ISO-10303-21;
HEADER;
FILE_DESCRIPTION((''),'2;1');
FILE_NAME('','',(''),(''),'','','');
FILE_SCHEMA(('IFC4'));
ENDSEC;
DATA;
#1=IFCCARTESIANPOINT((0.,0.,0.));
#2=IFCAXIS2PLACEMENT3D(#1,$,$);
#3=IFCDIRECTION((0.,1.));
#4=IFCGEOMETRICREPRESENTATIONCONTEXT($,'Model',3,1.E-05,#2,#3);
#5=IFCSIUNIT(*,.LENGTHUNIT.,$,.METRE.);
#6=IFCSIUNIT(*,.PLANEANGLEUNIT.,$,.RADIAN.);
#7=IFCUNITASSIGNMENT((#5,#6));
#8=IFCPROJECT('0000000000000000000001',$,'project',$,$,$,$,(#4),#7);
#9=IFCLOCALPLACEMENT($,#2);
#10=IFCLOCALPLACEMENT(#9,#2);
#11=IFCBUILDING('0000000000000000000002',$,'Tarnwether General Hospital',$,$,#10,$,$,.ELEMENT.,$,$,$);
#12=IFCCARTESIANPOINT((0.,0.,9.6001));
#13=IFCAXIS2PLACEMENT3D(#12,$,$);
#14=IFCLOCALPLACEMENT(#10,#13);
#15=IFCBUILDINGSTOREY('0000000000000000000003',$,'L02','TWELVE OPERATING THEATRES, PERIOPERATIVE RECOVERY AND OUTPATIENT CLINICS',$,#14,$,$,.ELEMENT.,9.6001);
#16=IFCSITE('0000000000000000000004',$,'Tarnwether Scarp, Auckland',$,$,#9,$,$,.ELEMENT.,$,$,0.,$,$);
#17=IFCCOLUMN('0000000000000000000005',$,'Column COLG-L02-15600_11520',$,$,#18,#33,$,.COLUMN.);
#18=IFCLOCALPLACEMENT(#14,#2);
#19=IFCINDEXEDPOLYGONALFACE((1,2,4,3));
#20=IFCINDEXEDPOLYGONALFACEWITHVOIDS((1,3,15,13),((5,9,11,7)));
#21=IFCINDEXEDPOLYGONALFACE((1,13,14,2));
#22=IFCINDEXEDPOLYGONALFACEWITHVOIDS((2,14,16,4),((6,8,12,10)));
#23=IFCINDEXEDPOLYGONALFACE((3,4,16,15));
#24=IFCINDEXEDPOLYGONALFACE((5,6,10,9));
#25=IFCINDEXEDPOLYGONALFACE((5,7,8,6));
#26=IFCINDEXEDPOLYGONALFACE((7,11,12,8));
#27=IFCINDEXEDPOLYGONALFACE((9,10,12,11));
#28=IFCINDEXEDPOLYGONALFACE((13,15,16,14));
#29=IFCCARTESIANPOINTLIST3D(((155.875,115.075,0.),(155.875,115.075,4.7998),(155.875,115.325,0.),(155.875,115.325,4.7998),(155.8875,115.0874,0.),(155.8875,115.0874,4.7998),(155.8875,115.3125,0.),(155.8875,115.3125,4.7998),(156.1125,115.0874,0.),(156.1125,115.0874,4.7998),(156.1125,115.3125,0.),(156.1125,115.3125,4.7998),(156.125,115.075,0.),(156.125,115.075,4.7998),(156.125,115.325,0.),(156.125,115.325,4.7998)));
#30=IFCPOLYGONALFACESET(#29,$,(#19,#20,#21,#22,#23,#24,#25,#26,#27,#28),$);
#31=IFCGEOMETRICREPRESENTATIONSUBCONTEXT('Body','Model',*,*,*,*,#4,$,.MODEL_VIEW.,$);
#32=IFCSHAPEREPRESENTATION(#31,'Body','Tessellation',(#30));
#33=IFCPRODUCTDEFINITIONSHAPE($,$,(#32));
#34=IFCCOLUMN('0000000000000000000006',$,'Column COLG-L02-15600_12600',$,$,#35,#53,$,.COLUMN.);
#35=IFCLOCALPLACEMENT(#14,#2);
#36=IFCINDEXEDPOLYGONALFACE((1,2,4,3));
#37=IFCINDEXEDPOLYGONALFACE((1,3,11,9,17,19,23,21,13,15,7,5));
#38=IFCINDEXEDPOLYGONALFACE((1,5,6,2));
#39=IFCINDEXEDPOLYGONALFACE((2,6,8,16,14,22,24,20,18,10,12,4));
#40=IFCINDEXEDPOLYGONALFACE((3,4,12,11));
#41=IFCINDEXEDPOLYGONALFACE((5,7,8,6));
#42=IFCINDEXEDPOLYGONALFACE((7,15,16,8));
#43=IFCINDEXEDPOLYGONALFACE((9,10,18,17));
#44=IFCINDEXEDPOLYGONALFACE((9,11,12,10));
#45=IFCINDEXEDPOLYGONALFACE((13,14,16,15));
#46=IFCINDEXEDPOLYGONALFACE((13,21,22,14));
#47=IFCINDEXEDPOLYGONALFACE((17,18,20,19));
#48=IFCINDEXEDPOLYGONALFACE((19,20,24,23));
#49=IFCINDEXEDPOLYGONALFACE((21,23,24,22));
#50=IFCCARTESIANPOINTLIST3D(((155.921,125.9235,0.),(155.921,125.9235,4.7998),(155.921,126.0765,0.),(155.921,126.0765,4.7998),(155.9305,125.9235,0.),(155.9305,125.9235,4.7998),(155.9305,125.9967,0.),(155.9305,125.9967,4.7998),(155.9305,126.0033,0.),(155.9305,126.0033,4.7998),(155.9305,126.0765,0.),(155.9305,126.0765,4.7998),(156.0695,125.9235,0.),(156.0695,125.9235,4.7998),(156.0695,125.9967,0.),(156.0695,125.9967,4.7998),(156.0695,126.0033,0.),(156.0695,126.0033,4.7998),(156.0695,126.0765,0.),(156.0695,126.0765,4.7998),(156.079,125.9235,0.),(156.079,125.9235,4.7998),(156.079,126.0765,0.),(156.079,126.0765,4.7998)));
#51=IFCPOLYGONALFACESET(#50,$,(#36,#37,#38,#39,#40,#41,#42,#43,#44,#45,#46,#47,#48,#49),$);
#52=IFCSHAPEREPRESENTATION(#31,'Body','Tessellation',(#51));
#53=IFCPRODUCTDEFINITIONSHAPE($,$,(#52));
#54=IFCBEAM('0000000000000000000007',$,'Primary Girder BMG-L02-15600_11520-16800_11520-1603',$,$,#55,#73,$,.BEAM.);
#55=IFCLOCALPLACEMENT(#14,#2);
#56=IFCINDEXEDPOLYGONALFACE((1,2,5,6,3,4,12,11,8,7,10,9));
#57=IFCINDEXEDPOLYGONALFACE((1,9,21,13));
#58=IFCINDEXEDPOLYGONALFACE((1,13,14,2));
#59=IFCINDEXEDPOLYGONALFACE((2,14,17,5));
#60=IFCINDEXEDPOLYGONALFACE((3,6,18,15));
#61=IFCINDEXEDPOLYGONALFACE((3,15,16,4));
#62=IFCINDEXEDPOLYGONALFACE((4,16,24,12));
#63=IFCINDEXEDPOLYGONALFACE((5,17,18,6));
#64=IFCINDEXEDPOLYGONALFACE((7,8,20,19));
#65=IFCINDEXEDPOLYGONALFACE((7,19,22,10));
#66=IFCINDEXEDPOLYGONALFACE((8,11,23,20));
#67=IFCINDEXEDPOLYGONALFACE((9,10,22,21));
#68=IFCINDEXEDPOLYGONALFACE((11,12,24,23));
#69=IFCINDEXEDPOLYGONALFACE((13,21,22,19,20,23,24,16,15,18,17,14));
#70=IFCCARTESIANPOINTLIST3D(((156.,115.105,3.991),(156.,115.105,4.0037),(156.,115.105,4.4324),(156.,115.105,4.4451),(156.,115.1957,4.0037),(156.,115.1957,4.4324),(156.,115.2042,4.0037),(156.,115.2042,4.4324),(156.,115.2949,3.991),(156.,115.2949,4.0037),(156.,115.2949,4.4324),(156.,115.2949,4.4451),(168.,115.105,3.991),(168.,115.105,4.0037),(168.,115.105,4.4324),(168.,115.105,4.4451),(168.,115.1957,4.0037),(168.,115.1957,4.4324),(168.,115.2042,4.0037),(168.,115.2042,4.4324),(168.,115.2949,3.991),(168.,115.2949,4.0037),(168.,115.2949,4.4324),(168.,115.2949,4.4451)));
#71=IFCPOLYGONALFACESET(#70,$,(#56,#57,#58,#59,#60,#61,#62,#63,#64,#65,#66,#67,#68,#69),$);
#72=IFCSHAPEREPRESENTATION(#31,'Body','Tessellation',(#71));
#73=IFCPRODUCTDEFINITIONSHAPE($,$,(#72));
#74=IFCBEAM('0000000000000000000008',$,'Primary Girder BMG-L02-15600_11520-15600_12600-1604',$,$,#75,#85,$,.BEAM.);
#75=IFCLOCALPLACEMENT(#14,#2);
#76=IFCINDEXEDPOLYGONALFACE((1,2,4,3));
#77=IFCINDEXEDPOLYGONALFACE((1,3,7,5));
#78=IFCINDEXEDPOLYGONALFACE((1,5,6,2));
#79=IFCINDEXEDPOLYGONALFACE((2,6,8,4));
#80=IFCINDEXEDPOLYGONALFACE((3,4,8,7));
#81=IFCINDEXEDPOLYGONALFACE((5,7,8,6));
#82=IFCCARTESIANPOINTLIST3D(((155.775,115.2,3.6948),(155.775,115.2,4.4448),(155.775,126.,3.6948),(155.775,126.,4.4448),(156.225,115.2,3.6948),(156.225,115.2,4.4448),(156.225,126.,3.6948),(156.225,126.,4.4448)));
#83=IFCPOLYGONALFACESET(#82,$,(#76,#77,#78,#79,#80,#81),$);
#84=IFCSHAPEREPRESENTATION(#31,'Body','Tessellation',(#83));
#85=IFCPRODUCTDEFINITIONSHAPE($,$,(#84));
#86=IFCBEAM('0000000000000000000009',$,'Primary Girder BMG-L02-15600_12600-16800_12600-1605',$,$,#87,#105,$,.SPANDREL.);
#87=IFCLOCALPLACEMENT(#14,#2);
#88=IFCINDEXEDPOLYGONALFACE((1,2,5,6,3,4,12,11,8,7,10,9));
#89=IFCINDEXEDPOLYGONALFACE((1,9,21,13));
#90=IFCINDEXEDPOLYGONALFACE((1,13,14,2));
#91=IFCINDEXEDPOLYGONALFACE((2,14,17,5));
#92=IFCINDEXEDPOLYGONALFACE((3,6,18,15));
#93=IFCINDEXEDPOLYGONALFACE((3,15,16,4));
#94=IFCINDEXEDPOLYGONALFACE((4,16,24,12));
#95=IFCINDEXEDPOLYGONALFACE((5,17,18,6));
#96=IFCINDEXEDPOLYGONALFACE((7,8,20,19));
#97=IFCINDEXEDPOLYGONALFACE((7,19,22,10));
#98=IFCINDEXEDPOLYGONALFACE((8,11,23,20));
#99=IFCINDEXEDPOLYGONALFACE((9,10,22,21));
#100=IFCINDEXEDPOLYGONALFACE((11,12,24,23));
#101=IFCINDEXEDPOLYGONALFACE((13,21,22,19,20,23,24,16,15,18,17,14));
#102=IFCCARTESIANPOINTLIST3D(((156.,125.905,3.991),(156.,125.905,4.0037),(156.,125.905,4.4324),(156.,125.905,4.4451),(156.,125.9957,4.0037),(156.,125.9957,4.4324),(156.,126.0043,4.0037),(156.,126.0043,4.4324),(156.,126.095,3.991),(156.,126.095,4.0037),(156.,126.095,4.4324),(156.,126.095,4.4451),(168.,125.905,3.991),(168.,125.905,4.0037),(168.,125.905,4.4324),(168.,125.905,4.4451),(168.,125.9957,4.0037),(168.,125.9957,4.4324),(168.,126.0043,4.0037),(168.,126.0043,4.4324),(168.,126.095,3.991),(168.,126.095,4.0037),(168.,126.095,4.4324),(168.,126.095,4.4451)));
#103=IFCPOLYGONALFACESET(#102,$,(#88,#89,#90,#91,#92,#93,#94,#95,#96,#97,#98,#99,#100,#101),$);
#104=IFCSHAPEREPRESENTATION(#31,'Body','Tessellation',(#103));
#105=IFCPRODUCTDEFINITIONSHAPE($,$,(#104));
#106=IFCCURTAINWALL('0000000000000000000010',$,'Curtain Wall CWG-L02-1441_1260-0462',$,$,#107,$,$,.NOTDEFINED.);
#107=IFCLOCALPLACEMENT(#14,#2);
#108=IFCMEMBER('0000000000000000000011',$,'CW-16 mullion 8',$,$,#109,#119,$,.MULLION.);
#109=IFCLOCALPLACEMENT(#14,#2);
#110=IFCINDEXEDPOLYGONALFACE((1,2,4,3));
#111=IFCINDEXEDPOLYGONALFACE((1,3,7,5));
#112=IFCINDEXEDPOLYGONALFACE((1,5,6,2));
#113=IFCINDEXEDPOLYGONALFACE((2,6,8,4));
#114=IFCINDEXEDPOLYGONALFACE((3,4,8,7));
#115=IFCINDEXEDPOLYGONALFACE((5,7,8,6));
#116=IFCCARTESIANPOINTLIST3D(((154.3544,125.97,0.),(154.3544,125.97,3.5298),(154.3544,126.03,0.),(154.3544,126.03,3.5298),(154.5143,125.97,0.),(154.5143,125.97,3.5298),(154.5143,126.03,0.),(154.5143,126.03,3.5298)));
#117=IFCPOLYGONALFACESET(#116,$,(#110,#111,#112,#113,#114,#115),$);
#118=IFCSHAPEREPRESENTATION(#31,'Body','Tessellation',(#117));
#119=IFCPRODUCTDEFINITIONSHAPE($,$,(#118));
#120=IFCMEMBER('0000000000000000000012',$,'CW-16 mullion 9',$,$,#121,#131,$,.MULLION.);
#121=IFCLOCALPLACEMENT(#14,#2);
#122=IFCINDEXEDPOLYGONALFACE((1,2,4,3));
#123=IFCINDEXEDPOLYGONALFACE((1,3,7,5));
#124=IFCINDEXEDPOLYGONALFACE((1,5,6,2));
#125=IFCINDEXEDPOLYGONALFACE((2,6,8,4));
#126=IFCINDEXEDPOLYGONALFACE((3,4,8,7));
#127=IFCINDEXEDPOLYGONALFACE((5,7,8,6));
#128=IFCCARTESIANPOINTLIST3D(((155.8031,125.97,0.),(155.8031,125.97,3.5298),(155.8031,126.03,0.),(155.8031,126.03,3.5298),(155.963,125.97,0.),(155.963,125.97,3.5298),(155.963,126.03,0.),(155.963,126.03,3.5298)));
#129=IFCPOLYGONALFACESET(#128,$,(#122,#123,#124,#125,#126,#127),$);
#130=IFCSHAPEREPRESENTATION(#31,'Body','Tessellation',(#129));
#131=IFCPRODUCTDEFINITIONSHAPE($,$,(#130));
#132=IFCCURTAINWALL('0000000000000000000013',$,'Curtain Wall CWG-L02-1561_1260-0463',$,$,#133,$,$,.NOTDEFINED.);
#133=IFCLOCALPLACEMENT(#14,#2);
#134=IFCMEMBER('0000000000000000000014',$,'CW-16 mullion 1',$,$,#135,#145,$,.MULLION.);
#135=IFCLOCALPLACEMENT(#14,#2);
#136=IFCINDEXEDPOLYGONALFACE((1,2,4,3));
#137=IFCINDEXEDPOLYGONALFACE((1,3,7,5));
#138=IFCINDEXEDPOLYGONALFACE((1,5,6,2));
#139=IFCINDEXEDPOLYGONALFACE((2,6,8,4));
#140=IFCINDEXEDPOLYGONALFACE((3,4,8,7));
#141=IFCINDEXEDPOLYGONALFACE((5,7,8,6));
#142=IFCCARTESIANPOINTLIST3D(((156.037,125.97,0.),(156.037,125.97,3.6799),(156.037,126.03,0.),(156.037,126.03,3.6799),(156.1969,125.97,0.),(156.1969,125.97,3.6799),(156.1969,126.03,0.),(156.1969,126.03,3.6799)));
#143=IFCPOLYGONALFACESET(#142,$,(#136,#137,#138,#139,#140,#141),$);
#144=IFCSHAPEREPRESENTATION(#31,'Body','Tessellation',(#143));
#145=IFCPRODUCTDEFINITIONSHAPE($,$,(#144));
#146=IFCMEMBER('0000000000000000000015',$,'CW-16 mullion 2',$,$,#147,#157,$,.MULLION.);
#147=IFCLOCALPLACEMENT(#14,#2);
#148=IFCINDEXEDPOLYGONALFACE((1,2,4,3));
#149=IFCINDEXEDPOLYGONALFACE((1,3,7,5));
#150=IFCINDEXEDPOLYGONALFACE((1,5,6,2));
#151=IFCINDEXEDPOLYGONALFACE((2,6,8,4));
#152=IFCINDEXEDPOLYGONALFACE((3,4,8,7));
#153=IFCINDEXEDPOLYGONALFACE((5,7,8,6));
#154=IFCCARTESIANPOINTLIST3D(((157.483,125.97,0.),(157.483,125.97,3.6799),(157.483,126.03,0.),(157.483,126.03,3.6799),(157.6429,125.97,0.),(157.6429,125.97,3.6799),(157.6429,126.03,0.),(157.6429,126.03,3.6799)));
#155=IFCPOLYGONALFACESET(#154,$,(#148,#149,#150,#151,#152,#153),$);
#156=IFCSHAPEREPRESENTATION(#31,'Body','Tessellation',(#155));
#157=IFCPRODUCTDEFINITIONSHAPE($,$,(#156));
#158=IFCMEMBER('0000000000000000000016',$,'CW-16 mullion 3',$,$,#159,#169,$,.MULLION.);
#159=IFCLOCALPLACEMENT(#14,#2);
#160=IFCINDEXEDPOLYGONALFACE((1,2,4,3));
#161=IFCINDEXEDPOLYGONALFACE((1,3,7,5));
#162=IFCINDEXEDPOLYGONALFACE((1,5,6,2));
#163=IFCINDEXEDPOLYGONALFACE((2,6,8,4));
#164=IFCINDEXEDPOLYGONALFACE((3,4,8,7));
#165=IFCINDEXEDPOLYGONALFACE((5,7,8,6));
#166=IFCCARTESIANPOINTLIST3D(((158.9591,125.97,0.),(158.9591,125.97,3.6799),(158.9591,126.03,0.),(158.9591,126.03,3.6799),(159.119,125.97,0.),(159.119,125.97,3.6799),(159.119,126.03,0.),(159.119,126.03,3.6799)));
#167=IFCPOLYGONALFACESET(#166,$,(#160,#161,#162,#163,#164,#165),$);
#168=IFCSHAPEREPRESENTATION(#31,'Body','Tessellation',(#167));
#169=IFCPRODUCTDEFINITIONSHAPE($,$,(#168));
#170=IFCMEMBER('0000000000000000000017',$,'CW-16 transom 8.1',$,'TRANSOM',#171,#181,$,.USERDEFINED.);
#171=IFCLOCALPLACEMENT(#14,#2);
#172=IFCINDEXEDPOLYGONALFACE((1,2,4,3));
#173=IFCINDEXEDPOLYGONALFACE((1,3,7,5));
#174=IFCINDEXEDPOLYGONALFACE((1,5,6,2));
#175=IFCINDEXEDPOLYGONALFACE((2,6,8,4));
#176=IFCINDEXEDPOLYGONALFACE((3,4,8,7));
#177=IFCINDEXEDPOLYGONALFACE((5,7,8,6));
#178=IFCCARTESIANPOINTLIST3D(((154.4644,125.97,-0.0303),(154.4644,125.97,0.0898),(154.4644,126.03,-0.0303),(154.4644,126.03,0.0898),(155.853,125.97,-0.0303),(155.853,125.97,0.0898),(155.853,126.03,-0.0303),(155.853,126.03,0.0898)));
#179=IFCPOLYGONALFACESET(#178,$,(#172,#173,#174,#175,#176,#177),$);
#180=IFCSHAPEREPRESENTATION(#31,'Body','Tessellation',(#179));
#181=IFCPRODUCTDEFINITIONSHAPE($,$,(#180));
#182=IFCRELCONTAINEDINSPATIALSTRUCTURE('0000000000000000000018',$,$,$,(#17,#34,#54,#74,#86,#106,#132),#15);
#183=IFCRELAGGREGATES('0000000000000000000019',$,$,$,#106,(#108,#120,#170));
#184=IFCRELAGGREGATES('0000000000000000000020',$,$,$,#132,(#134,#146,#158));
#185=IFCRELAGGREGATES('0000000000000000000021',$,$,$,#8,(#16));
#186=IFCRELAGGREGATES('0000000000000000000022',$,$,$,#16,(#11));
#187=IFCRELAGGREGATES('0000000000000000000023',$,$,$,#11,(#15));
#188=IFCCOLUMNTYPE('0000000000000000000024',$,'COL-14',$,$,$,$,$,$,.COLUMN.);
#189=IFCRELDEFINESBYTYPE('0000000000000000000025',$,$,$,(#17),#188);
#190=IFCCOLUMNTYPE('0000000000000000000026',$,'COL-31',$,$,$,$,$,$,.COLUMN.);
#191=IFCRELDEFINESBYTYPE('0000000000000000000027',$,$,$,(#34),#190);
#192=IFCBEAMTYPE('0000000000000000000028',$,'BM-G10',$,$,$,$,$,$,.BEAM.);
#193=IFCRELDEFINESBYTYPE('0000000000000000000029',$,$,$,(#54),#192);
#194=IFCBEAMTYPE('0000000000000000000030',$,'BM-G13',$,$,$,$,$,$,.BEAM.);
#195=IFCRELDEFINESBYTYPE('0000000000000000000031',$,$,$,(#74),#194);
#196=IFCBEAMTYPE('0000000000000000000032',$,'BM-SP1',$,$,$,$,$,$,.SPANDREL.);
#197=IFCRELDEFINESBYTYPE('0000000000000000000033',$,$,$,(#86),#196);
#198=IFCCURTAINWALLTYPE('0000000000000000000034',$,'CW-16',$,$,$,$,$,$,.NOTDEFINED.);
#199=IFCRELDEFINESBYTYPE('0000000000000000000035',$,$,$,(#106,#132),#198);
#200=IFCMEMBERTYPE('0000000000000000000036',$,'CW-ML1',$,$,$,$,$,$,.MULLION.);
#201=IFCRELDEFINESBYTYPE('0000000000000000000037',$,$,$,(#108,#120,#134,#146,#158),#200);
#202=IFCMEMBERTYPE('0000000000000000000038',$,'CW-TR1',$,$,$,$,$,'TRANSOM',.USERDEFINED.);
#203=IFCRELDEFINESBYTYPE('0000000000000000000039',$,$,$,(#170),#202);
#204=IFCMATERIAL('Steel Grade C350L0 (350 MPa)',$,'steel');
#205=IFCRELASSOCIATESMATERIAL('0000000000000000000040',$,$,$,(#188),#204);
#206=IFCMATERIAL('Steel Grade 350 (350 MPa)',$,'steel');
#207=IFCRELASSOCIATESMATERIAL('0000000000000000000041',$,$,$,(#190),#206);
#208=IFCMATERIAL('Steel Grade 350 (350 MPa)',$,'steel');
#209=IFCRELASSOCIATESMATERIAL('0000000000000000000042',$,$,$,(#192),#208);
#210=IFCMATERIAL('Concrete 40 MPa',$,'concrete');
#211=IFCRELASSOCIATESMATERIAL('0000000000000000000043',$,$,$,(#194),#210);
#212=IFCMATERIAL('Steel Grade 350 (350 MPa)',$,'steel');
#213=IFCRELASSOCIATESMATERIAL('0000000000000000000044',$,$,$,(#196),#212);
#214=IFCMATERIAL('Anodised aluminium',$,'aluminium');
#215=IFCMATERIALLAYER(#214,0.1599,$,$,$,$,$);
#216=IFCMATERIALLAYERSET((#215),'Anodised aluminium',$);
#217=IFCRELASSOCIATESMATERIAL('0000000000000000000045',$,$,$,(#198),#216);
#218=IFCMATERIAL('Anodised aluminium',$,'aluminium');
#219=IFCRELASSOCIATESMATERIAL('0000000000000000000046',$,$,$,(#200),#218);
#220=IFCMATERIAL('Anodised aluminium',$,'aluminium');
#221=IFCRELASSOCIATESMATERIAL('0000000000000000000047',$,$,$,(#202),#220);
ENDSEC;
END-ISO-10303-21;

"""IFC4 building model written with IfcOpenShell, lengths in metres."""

from ifc_helpers import new_model, si_unit, direction, frame, origin, origin_2d, place, context, subcontext, project, spatial, rectangle, hollow_rectangle, i_section, extrude, material, layer, layer_set, material_profile, profile_set, type_object, element, aggregate, save


model = new_model("IFC4")

# Units and contexts
model_context = context("Model", 3, precision=1e-05, world=origin(), true_north=direction((0.0, 1.0)))
body_context = subcontext(model_context, "Body", "Model", "MODEL_VIEW")
ifc_project = project(units=[si_unit("LENGTHUNIT", "METRE"), si_unit("PLANEANGLEUNIT", "RADIAN")], contexts=[model_context])

# Site, building, storey
site_placement = place(None, origin())
site = spatial("IfcSite", under=ifc_project, at=site_placement, Name="Tarnwether Scarp, Auckland", CompositionType="ELEMENT", RefElevation=0.0)
building_placement = place(site_placement, origin())
building = spatial("IfcBuilding", under=site, at=building_placement, Name="Tarnwether General Hospital", CompositionType="ELEMENT")
storey_placement = place(building_placement, frame((0.0, 0.0, 9.6001)))
storey = spatial("IfcBuildingStorey", under=building, at=storey_placement, Name="L02", Description="TWELVE OPERATING THEATRES, PERIOPERATIVE RECOVERY AND OUTPATIENT CLINICS", CompositionType="ELEMENT", Elevation=9.6001)

# Columns
ifc_material_1 = material(Name="Steel Grade C350L0 (350 MPa)", Category="steel")
ifc_material_profile_1 = material_profile(ifc_material_1, hollow_rectangle(XDim=0.25, YDim=0.25, WallThickness=0.0125, at=origin_2d()), Name="SHS250x250x12.5")
ifc_profile_set_1 = profile_set([ifc_material_profile_1], Name="Steel Grade C350L0 (350 MPa)")
column_type_1 = type_object("IfcColumnType", Name="COL-14", PredefinedType="COLUMN", material=ifc_profile_set_1)
column_1_placement = place(storey_placement, frame((156.0, 115.2, 0.0), z_axis=(0.0, 0.0, 1.0), x_axis=(0.0, 1.0, 0.0)))
element("IfcColumn", 1, at=column_1_placement, inside=storey, type_object=column_type_1, Name="Column COLG-L02-15600_11520", PredefinedType="COLUMN", context=body_context, shape_type="SweptSolid", body=[
    extrude(hollow_rectangle(XDim=0.25, YDim=0.25, WallThickness=0.0125, at=origin_2d()), origin(), (0.0, 0.0, 1.0), 4.7998),
])
ifc_material_2 = material(Name="Steel Grade 350 (350 MPa)", Category="steel")
ifc_material_profile_2 = material_profile(ifc_material_2, i_section(OverallWidth=0.1531, OverallDepth=0.158, WebThickness=0.0066, FlangeThickness=0.0095, at=origin_2d()), Name="150UC30.0")
ifc_profile_set_2 = profile_set([ifc_material_profile_2], Name="Steel Grade 350 (350 MPa)")
column_type_2 = type_object("IfcColumnType", Name="COL-31", PredefinedType="COLUMN", material=ifc_profile_set_2)
column_2_placement = place(storey_placement, frame((156.0, 126.0, 0.0), z_axis=(0.0, 0.0, 1.0), x_axis=(0.0, 1.0, 0.0)))
element("IfcColumn", 2, at=column_2_placement, inside=storey, type_object=column_type_2, Name="Column COLG-L02-15600_12600", PredefinedType="COLUMN", context=body_context, shape_type="SweptSolid", body=[
    extrude(i_section(OverallWidth=0.1531, OverallDepth=0.158, WebThickness=0.0066, FlangeThickness=0.0095, at=origin_2d()), origin(), (0.0, 0.0, 1.0), 4.7998),
])

# Beams
ifc_material_3 = material(Name="Steel Grade 350 (350 MPa)", Category="steel")
ifc_material_profile_3 = material_profile(ifc_material_3, i_section(OverallWidth=0.1899, OverallDepth=0.4541, WebThickness=0.0085, FlangeThickness=0.0127, at=origin_2d()), Name="460UB67.1")
ifc_profile_set_3 = profile_set([ifc_material_profile_3], Name="Steel Grade 350 (350 MPa)")
beam_type_1 = type_object("IfcBeamType", Name="BM-G10", PredefinedType="BEAM", material=ifc_profile_set_3)
beam_1_placement = place(storey_placement, frame((156.0, 115.2, 4.218), z_axis=(1.0, 0.0, 0.0), x_axis=(0.0, 1.0, 0.0)))
element("IfcBeam", 3, at=beam_1_placement, inside=storey, type_object=beam_type_1, Name="Primary Girder BMG-L02-15600_11520-16800_11520-1603", PredefinedType="BEAM", context=body_context, shape_type="SweptSolid", body=[
    extrude(i_section(OverallWidth=0.1899, OverallDepth=0.4541, WebThickness=0.0085, FlangeThickness=0.0127, at=origin_2d()), origin(), (0.0, 0.0, 1.0), 12.0),
])
ifc_material_4 = material(Name="Concrete 40 MPa", Category="concrete")
ifc_material_profile_4 = material_profile(ifc_material_4, rectangle(XDim=0.45, YDim=0.75, at=origin_2d()), Name="RC-BM-450x750")
ifc_profile_set_4 = profile_set([ifc_material_profile_4], Name="Concrete 40 MPa")
beam_type_2 = type_object("IfcBeamType", Name="BM-G13", PredefinedType="BEAM", material=ifc_profile_set_4)
beam_2_placement = place(storey_placement, frame((156.0, 115.2, 4.0698), z_axis=(0.0, 1.0, 0.0), x_axis=(-1.0, 0.0, 0.0)))
element("IfcBeam", 4, at=beam_2_placement, inside=storey, type_object=beam_type_2, Name="Primary Girder BMG-L02-15600_11520-15600_12600-1604", PredefinedType="BEAM", context=body_context, shape_type="SweptSolid", body=[
    extrude(rectangle(XDim=0.45, YDim=0.75, at=origin_2d()), origin(), (0.0, 0.0, 1.0), 10.8),
])
ifc_material_5 = material(Name="Steel Grade 350 (350 MPa)", Category="steel")
ifc_material_profile_5 = material_profile(ifc_material_5, i_section(OverallWidth=0.1899, OverallDepth=0.4541, WebThickness=0.0085, FlangeThickness=0.0127, at=origin_2d()), Name="460UB67.1")
ifc_profile_set_5 = profile_set([ifc_material_profile_5], Name="Steel Grade 350 (350 MPa)")
beam_type_3 = type_object("IfcBeamType", Name="BM-SP1", PredefinedType="SPANDREL", material=ifc_profile_set_5)
beam_3_placement = place(storey_placement, frame((156.0, 126.0, 4.218), z_axis=(1.0, 0.0, 0.0), x_axis=(0.0, 1.0, 0.0)))
element("IfcBeam", 5, at=beam_3_placement, inside=storey, type_object=beam_type_3, Name="Primary Girder BMG-L02-15600_12600-16800_12600-1605", PredefinedType="SPANDREL", context=body_context, shape_type="SweptSolid", body=[
    extrude(i_section(OverallWidth=0.1899, OverallDepth=0.4541, WebThickness=0.0085, FlangeThickness=0.0127, at=origin_2d()), origin(), (0.0, 0.0, 1.0), 12.0),
])

# Curtain walls, members
ifc_material_6 = material(Name="Anodised aluminium", Category="aluminium")
ifc_layer_1 = layer(ifc_material_6, 0.1599)
ifc_layer_set_1 = layer_set([ifc_layer_1], Name="Anodised aluminium")
curtain_wall_type = type_object("IfcCurtainWallType", Name="CW-16", PredefinedType="NOTDEFINED", material=ifc_layer_set_1)
curtain_wall_1_placement = place(storey_placement, origin())
curtain_wall_1 = element("IfcCurtainWall", 6, at=curtain_wall_1_placement, inside=storey, type_object=curtain_wall_type, Name="Curtain Wall CWG-L02-1441_1260-0462", PredefinedType="NOTDEFINED")
ifc_material_7 = material(Name="Anodised aluminium", Category="aluminium")
ifc_material_profile_6 = material_profile(ifc_material_7, rectangle(XDim=0.0601, YDim=0.1599, at=origin_2d()), Name="ALU-MUL-60x160")
ifc_profile_set_6 = profile_set([ifc_material_profile_6], Name="Anodised aluminium")
member_type_1 = type_object("IfcMemberType", Name="CW-ML1", PredefinedType="MULLION", material=ifc_profile_set_6)
member_1_placement = place(storey_placement, frame((154.4343, 126.0, 0.0), z_axis=(0.0, 0.0, 1.0), x_axis=(0.0, 1.0, 0.0)))
member_1 = element("IfcMember", 7, at=member_1_placement, type_object=member_type_1, Name="CW-16 mullion 8", PredefinedType="MULLION", context=body_context, shape_type="SweptSolid", body=[
    extrude(rectangle(XDim=0.0601, YDim=0.1599, at=origin_2d()), origin(), (0.0, 0.0, 1.0), 3.5298),
])
member_2_placement = place(storey_placement, frame((155.8831, 126.0, 0.0), z_axis=(0.0, 0.0, 1.0), x_axis=(0.0, 1.0, 0.0)))
member_2 = element("IfcMember", 8, at=member_2_placement, type_object=member_type_1, Name="CW-16 mullion 9", PredefinedType="MULLION", context=body_context, shape_type="SweptSolid", body=[
    extrude(rectangle(XDim=0.0601, YDim=0.1599, at=origin_2d()), origin(), (0.0, 0.0, 1.0), 3.5298),
])
curtain_wall_2_placement = place(storey_placement, origin())
curtain_wall_2 = element("IfcCurtainWall", 9, at=curtain_wall_2_placement, inside=storey, type_object=curtain_wall_type, Name="Curtain Wall CWG-L02-1561_1260-0463", PredefinedType="NOTDEFINED")
member_3_placement = place(storey_placement, frame((156.1169, 126.0, 0.0), z_axis=(0.0, 0.0, 1.0), x_axis=(0.0, 1.0, 0.0)))
member_3 = element("IfcMember", 10, at=member_3_placement, type_object=member_type_1, Name="CW-16 mullion 1", PredefinedType="MULLION", context=body_context, shape_type="SweptSolid", body=[
    extrude(rectangle(XDim=0.0601, YDim=0.1599, at=origin_2d()), origin(), (0.0, 0.0, 1.0), 3.6799),
])
member_4_placement = place(storey_placement, frame((157.563, 126.0, 0.0), z_axis=(0.0, 0.0, 1.0), x_axis=(0.0, 1.0, 0.0)))
member_4 = element("IfcMember", 11, at=member_4_placement, type_object=member_type_1, Name="CW-16 mullion 2", PredefinedType="MULLION", context=body_context, shape_type="SweptSolid", body=[
    extrude(rectangle(XDim=0.0601, YDim=0.1599, at=origin_2d()), origin(), (0.0, 0.0, 1.0), 3.6799),
])
member_5_placement = place(storey_placement, frame((159.0391, 126.0, 0.0), z_axis=(0.0, 0.0, 1.0), x_axis=(0.0, 1.0, 0.0)))
member_5 = element("IfcMember", 12, at=member_5_placement, type_object=member_type_1, Name="CW-16 mullion 3", PredefinedType="MULLION", context=body_context, shape_type="SweptSolid", body=[
    extrude(rectangle(XDim=0.0601, YDim=0.1599, at=origin_2d()), origin(), (0.0, 0.0, 1.0), 3.6799),
])

# Member
ifc_material_8 = material(Name="Anodised aluminium", Category="aluminium")
ifc_material_profile_7 = material_profile(ifc_material_8, rectangle(XDim=0.0601, YDim=0.1201, at=origin_2d()), Name="ALU-TRN-60x120")
ifc_profile_set_7 = profile_set([ifc_material_profile_7], Name="Anodised aluminium")
member_type_2 = type_object("IfcMemberType", Name="CW-TR1", ElementType="TRANSOM", PredefinedType="USERDEFINED", material=ifc_profile_set_7)
member_6_placement = place(storey_placement, frame((154.4644, 126.0, 0.0298), z_axis=(1.0, 0.0, 0.0), x_axis=(0.0, 1.0, 0.0)))
member_6 = element("IfcMember", 13, at=member_6_placement, type_object=member_type_2, Name="CW-16 transom 8.1", ObjectType="TRANSOM", PredefinedType="USERDEFINED", context=body_context, shape_type="SweptSolid", body=[
    extrude(rectangle(XDim=0.0601, YDim=0.1201, at=origin_2d()), origin(), (0.0, 0.0, 1.0), 1.3887),
])

aggregate(curtain_wall_1, [member_1, member_2, member_6])
aggregate(curtain_wall_2, [member_3, member_4, member_5])

save(model, "model.ifc")
